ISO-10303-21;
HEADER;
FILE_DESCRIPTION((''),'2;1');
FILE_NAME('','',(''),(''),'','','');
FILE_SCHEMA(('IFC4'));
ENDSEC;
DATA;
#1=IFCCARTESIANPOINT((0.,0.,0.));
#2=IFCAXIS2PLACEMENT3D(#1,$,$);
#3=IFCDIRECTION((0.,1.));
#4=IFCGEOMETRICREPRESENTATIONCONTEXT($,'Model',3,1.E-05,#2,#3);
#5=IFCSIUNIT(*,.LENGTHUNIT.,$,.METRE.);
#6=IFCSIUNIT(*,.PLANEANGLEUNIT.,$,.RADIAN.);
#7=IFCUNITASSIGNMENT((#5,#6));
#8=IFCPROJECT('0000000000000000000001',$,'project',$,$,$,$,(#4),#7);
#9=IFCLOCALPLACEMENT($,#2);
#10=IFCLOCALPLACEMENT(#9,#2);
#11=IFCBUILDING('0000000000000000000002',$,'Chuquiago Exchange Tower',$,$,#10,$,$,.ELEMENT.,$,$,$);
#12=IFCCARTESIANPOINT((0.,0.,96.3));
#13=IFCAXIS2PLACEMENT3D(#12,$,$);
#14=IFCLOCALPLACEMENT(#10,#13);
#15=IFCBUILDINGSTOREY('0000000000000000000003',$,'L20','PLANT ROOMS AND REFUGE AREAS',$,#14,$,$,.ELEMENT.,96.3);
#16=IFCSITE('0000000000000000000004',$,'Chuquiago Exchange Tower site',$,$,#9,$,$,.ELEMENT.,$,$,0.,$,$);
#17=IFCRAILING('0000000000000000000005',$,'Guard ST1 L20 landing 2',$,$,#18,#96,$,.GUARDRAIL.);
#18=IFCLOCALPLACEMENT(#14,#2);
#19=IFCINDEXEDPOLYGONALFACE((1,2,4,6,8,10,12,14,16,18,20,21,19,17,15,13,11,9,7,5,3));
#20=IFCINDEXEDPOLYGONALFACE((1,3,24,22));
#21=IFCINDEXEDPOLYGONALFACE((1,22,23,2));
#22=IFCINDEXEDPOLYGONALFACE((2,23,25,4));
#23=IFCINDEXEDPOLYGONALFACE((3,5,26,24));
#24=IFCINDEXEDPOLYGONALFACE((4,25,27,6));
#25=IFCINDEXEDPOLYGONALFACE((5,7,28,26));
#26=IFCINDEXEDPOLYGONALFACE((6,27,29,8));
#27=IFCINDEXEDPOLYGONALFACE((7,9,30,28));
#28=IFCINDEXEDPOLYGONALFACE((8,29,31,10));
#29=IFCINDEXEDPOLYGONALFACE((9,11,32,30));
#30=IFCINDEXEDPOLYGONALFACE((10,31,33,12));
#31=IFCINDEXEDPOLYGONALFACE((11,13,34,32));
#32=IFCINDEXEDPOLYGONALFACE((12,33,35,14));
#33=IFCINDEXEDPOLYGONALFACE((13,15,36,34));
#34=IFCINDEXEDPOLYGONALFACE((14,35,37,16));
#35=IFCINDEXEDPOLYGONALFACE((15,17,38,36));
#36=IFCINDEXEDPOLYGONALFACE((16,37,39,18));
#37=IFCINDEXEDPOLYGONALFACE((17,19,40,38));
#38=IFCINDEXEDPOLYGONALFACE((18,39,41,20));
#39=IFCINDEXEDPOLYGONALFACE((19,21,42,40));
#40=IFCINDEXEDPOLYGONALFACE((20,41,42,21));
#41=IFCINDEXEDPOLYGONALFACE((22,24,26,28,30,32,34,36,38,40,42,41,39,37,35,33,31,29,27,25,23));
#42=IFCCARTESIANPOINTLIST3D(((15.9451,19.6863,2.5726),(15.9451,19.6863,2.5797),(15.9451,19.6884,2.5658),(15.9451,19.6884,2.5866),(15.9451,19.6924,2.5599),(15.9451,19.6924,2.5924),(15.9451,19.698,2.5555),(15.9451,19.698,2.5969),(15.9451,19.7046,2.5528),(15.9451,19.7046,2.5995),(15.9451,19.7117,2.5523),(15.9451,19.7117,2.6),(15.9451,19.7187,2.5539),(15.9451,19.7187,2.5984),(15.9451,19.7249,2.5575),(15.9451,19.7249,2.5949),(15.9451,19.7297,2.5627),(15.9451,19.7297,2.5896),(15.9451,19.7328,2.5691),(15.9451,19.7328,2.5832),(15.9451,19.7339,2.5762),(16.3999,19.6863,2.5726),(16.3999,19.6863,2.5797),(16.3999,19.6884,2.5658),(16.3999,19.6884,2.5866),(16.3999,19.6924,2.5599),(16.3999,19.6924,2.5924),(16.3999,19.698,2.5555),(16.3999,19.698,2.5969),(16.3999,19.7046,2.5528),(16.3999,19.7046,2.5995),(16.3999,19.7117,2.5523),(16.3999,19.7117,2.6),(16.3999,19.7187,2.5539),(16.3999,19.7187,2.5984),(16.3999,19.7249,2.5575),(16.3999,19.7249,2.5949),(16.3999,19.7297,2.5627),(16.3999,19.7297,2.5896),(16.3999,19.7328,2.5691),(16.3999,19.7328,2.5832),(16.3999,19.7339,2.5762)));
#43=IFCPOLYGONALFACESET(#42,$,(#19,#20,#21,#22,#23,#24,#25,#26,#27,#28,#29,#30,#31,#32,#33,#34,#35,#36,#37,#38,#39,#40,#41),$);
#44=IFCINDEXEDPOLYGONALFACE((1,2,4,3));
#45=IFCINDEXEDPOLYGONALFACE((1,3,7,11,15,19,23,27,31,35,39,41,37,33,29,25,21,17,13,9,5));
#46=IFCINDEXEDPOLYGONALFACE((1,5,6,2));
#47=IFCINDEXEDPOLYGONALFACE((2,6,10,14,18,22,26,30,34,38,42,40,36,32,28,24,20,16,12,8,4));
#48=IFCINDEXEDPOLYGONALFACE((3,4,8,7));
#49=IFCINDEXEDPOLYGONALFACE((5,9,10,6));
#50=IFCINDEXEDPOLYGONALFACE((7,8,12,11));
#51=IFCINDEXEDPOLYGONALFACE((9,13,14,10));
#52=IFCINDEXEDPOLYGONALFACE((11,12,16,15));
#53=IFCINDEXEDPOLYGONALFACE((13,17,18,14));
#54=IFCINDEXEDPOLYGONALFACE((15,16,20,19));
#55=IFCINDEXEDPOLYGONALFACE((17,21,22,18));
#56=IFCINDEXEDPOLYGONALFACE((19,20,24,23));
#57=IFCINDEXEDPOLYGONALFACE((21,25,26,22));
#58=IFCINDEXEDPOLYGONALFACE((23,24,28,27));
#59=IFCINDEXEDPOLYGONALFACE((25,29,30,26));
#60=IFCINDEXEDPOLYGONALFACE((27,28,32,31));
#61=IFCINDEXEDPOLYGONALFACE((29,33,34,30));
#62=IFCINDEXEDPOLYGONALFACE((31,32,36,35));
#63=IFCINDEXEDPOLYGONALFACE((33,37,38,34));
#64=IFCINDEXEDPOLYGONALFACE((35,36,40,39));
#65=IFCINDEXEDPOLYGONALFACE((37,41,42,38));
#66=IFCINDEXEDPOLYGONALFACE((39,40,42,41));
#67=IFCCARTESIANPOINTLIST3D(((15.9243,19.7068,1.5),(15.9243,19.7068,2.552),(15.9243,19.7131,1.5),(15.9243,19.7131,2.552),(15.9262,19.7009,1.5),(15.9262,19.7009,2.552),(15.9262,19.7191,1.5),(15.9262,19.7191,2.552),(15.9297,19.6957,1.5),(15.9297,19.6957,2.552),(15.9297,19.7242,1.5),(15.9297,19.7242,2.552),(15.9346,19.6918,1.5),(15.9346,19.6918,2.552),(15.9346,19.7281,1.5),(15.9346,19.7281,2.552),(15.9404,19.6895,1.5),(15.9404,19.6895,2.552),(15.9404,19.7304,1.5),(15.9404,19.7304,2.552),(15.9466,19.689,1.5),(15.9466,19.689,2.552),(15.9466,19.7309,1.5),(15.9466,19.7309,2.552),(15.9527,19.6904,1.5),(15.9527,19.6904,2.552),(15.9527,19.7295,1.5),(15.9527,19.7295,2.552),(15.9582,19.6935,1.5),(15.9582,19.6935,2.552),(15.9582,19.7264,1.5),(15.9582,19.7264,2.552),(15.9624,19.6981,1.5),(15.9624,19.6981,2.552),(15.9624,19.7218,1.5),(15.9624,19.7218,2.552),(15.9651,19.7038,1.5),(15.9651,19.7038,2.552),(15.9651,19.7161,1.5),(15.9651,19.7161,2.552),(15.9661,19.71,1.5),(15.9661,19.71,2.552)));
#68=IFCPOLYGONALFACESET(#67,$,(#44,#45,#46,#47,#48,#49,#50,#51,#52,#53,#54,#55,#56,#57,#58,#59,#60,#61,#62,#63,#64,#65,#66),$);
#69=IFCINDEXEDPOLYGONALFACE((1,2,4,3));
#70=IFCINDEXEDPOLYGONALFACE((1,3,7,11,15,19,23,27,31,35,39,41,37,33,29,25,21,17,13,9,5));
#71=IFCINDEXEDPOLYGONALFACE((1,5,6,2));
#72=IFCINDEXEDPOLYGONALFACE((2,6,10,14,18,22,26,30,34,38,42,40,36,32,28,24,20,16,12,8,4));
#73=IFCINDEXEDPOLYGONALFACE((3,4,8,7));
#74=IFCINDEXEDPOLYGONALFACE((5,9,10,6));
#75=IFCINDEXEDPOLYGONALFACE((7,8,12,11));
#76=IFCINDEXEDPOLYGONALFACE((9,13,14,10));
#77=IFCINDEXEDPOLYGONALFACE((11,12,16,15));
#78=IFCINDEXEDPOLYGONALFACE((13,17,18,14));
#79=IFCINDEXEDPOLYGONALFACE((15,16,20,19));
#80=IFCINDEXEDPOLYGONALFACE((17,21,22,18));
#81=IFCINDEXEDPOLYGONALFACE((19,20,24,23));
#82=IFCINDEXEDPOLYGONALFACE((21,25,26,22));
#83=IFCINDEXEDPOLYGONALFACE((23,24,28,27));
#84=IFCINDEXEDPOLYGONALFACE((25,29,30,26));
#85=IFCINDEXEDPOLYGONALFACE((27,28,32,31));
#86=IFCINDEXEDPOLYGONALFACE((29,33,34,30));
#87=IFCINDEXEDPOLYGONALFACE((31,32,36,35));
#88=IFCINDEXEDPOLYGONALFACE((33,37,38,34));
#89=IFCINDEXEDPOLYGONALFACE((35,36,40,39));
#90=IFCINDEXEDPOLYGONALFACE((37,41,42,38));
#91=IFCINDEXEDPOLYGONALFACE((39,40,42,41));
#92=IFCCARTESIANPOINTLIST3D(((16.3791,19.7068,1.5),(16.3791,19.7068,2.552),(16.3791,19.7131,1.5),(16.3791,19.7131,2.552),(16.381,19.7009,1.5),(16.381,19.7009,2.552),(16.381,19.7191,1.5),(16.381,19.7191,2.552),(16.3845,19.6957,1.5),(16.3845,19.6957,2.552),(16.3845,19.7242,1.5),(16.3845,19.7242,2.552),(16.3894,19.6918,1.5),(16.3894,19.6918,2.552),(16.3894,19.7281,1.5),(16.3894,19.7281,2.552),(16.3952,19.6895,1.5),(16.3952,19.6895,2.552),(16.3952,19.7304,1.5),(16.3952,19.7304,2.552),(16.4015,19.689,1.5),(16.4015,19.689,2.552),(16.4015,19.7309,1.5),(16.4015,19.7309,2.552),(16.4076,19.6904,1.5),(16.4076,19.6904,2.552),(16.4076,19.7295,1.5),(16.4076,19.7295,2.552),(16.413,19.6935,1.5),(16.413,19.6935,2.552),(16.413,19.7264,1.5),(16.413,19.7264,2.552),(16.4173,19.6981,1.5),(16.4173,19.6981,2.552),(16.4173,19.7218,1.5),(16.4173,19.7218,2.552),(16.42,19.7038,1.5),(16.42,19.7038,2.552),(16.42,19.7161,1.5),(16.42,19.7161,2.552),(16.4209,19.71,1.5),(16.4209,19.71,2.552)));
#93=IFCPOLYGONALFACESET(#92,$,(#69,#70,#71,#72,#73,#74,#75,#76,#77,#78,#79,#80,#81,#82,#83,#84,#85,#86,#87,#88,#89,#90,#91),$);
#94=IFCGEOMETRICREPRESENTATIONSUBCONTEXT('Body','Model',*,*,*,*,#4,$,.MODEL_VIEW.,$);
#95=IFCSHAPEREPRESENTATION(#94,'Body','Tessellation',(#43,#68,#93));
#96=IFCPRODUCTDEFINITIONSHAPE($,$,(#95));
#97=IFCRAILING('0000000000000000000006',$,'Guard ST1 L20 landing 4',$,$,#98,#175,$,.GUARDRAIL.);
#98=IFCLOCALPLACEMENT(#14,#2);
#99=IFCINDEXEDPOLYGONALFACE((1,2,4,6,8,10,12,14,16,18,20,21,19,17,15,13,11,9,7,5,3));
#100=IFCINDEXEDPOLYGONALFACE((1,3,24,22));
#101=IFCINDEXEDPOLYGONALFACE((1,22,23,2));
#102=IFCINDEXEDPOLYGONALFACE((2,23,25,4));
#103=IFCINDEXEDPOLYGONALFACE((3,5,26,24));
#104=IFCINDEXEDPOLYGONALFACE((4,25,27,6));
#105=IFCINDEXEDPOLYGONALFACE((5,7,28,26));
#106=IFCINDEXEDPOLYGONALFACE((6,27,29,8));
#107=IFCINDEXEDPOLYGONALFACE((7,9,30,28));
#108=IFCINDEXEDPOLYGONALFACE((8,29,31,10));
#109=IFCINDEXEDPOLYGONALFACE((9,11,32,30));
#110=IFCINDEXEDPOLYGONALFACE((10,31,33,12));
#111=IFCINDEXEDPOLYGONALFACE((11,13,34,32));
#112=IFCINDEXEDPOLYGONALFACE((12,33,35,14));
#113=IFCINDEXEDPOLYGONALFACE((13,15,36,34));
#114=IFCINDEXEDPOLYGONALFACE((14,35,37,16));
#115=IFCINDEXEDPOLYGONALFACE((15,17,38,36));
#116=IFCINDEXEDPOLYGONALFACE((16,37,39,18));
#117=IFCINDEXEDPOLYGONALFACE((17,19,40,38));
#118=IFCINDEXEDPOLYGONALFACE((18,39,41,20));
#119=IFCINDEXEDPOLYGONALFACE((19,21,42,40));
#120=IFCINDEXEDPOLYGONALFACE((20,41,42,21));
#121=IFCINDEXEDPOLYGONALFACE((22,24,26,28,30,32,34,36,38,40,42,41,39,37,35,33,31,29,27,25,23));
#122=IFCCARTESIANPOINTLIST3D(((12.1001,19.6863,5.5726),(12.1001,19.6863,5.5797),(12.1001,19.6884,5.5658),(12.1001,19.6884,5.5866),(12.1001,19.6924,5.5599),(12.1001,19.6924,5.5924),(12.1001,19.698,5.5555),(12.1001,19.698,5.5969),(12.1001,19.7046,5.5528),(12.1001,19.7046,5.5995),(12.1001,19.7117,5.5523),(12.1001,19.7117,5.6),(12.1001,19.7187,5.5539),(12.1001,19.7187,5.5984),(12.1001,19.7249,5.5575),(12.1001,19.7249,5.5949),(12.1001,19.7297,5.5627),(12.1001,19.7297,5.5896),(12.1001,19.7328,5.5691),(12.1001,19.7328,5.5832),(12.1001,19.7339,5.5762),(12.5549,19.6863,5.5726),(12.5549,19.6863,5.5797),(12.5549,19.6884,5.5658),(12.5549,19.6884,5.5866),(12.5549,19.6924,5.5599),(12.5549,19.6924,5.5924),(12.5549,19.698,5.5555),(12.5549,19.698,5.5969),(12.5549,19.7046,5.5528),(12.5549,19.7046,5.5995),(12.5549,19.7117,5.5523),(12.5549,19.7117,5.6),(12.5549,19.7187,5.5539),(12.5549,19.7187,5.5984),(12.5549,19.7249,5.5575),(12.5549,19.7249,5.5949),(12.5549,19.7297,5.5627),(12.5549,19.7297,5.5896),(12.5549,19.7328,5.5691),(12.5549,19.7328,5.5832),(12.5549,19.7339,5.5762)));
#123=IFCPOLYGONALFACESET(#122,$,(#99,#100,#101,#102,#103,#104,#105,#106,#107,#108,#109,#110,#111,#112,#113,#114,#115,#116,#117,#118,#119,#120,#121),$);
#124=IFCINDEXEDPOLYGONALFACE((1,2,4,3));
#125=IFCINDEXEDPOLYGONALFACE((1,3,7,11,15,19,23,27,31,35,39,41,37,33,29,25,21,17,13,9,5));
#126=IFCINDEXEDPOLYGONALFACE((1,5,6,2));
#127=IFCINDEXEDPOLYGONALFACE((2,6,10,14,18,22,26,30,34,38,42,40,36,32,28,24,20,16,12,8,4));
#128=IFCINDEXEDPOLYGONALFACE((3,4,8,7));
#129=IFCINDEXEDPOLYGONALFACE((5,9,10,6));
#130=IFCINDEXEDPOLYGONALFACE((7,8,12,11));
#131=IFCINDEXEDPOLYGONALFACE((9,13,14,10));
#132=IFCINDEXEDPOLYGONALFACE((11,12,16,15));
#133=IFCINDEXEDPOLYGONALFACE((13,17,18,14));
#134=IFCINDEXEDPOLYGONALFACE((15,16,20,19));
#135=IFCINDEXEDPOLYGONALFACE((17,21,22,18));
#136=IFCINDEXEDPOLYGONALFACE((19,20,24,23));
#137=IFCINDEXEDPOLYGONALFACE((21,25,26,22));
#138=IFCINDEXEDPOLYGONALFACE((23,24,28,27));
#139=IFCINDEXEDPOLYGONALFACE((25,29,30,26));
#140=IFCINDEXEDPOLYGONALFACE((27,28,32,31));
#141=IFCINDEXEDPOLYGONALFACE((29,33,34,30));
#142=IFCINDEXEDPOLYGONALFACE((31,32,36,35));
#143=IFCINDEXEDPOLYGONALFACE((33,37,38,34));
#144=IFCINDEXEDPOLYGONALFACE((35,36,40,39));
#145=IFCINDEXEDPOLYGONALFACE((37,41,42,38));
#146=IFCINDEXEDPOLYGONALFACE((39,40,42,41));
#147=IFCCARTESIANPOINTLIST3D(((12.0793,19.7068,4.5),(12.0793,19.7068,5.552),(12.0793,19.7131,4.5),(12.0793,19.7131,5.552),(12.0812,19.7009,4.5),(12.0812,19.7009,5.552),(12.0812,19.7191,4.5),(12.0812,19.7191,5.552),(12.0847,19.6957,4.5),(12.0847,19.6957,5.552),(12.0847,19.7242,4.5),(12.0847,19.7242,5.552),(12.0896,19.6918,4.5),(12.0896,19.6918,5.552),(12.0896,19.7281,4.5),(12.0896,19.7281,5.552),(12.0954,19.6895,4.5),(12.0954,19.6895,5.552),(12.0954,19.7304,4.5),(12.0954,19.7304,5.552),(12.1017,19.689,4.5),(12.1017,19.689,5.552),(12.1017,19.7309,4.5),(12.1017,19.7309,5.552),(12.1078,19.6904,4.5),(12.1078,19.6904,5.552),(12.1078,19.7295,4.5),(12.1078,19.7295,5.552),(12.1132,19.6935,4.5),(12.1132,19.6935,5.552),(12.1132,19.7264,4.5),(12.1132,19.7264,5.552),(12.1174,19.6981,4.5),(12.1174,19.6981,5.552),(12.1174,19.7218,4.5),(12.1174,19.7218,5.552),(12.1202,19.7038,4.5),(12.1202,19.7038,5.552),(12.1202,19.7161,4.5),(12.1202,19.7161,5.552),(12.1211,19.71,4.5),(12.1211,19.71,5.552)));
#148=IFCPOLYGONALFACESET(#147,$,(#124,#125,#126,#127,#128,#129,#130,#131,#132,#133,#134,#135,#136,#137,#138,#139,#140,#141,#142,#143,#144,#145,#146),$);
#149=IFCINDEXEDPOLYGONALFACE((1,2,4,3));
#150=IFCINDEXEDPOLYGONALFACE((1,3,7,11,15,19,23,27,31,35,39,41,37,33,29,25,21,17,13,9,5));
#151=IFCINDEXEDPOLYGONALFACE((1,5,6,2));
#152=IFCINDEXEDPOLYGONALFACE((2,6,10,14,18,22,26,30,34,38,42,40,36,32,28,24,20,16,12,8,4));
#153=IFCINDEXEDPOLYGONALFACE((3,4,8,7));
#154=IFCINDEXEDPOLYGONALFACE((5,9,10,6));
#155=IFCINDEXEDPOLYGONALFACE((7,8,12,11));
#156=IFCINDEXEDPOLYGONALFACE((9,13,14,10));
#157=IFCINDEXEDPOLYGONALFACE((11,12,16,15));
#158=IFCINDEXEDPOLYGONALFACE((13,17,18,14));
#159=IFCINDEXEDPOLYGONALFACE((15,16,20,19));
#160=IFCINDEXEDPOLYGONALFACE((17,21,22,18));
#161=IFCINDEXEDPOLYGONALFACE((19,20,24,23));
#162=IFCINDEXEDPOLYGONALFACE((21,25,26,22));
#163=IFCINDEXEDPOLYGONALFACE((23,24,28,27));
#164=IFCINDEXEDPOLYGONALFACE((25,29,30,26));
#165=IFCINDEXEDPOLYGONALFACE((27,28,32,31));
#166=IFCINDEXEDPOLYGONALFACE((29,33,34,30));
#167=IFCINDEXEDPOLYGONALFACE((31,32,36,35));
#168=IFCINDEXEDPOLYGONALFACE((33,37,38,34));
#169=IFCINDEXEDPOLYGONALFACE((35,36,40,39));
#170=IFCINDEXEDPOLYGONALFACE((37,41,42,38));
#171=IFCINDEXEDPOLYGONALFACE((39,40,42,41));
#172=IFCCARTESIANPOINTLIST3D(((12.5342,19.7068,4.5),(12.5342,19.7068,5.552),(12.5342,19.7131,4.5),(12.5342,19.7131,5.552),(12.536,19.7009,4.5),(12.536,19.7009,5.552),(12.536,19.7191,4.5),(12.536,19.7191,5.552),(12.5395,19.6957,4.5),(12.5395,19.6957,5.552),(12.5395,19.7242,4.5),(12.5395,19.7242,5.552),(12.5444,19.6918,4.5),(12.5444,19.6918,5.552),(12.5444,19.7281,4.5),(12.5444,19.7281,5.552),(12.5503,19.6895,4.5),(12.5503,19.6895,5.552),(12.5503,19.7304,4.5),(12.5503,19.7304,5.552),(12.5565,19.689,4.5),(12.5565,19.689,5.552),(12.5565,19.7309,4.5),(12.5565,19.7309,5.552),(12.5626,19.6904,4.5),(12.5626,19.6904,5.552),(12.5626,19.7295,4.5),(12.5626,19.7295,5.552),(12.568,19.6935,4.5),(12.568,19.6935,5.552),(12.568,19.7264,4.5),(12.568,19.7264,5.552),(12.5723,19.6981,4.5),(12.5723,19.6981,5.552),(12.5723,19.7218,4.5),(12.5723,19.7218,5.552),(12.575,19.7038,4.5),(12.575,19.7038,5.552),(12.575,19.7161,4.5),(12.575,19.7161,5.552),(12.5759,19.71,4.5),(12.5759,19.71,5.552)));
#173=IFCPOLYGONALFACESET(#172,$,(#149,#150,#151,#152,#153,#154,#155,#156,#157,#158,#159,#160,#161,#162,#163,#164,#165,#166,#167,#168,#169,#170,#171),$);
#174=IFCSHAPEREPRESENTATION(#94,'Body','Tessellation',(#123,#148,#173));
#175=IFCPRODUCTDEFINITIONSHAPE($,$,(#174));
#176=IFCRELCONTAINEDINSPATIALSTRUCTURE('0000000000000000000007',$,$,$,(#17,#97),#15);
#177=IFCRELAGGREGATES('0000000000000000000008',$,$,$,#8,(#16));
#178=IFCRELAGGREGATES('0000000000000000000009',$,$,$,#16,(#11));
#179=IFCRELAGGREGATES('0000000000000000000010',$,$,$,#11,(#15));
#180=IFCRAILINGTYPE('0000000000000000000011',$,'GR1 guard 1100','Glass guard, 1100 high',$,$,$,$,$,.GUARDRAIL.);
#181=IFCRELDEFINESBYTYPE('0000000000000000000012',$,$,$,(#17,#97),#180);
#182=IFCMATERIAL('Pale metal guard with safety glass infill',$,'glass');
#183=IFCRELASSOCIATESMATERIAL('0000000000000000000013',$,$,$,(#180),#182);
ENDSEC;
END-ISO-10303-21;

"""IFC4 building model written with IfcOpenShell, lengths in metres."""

from ifc_helpers import new_model, si_unit, direction, frame, origin, origin_2d, place, context, subcontext, project, spatial, circle, extrude, material, type_object, element, save


model = new_model("IFC4")

# Units and contexts
model_context = context("Model", 3, precision=1e-05, world=origin(), true_north=direction((0.0, 1.0)))
body_context = subcontext(model_context, "Body", "Model", "MODEL_VIEW")
ifc_project = project(units=[si_unit("LENGTHUNIT", "METRE"), si_unit("PLANEANGLEUNIT", "RADIAN")], contexts=[model_context])

# Site, building, storey
site_placement = place(None, origin())
site = spatial("IfcSite", under=ifc_project, at=site_placement, Name="Chuquiago Exchange Tower site", CompositionType="ELEMENT", RefElevation=0.0)
building_placement = place(site_placement, origin())
building = spatial("IfcBuilding", under=site, at=building_placement, Name="Chuquiago Exchange Tower", CompositionType="ELEMENT")
storey_placement = place(building_placement, frame((0.0, 0.0, 96.3)))
storey = spatial("IfcBuildingStorey", under=building, at=storey_placement, Name="L20", Description="PLANT ROOMS AND REFUGE AREAS", CompositionType="ELEMENT", Elevation=96.3)

# Railings
ifc_material_1 = material(Name="Pale metal guard with safety glass infill", Category="glass")
railing_type_1 = type_object("IfcRailingType", Name="GR1 guard 1100", Description="Glass guard, 1100 high", PredefinedType="GUARDRAIL", material=ifc_material_1)
for number, where, name in (
    (1, (15.9451, 19.71, 1.5), "Guard ST1 L20 landing 2"),
    (2, (12.1001, 19.71, 4.5), "Guard ST1 L20 landing 4"),
):
    element("IfcRailing", number, at=place(storey_placement, frame(where)), inside=storey, type_object=railing_type_1, Name=name, PredefinedType="GUARDRAIL", context=body_context, shape_type="SweptSolid", body=[
        extrude(circle(Radius=0.0239, at=origin_2d()), frame((0.0, 0.0, 1.0762), z_axis=(1.0, 0.0, 0.0), x_axis=(0.0, 1.0, 0.0)), (0.0, 0.0, 1.0), 0.4548),
        extrude(circle(Radius=0.021, at=origin_2d()), origin(), (0.0, 0.0, 1.0), 1.052),
        extrude(circle(Radius=0.021, at=origin_2d()), frame((0.4548, 0.0, 0.0)), (0.0, 0.0, 1.0), 1.052),
    ])

save(model, "model.ifc")
